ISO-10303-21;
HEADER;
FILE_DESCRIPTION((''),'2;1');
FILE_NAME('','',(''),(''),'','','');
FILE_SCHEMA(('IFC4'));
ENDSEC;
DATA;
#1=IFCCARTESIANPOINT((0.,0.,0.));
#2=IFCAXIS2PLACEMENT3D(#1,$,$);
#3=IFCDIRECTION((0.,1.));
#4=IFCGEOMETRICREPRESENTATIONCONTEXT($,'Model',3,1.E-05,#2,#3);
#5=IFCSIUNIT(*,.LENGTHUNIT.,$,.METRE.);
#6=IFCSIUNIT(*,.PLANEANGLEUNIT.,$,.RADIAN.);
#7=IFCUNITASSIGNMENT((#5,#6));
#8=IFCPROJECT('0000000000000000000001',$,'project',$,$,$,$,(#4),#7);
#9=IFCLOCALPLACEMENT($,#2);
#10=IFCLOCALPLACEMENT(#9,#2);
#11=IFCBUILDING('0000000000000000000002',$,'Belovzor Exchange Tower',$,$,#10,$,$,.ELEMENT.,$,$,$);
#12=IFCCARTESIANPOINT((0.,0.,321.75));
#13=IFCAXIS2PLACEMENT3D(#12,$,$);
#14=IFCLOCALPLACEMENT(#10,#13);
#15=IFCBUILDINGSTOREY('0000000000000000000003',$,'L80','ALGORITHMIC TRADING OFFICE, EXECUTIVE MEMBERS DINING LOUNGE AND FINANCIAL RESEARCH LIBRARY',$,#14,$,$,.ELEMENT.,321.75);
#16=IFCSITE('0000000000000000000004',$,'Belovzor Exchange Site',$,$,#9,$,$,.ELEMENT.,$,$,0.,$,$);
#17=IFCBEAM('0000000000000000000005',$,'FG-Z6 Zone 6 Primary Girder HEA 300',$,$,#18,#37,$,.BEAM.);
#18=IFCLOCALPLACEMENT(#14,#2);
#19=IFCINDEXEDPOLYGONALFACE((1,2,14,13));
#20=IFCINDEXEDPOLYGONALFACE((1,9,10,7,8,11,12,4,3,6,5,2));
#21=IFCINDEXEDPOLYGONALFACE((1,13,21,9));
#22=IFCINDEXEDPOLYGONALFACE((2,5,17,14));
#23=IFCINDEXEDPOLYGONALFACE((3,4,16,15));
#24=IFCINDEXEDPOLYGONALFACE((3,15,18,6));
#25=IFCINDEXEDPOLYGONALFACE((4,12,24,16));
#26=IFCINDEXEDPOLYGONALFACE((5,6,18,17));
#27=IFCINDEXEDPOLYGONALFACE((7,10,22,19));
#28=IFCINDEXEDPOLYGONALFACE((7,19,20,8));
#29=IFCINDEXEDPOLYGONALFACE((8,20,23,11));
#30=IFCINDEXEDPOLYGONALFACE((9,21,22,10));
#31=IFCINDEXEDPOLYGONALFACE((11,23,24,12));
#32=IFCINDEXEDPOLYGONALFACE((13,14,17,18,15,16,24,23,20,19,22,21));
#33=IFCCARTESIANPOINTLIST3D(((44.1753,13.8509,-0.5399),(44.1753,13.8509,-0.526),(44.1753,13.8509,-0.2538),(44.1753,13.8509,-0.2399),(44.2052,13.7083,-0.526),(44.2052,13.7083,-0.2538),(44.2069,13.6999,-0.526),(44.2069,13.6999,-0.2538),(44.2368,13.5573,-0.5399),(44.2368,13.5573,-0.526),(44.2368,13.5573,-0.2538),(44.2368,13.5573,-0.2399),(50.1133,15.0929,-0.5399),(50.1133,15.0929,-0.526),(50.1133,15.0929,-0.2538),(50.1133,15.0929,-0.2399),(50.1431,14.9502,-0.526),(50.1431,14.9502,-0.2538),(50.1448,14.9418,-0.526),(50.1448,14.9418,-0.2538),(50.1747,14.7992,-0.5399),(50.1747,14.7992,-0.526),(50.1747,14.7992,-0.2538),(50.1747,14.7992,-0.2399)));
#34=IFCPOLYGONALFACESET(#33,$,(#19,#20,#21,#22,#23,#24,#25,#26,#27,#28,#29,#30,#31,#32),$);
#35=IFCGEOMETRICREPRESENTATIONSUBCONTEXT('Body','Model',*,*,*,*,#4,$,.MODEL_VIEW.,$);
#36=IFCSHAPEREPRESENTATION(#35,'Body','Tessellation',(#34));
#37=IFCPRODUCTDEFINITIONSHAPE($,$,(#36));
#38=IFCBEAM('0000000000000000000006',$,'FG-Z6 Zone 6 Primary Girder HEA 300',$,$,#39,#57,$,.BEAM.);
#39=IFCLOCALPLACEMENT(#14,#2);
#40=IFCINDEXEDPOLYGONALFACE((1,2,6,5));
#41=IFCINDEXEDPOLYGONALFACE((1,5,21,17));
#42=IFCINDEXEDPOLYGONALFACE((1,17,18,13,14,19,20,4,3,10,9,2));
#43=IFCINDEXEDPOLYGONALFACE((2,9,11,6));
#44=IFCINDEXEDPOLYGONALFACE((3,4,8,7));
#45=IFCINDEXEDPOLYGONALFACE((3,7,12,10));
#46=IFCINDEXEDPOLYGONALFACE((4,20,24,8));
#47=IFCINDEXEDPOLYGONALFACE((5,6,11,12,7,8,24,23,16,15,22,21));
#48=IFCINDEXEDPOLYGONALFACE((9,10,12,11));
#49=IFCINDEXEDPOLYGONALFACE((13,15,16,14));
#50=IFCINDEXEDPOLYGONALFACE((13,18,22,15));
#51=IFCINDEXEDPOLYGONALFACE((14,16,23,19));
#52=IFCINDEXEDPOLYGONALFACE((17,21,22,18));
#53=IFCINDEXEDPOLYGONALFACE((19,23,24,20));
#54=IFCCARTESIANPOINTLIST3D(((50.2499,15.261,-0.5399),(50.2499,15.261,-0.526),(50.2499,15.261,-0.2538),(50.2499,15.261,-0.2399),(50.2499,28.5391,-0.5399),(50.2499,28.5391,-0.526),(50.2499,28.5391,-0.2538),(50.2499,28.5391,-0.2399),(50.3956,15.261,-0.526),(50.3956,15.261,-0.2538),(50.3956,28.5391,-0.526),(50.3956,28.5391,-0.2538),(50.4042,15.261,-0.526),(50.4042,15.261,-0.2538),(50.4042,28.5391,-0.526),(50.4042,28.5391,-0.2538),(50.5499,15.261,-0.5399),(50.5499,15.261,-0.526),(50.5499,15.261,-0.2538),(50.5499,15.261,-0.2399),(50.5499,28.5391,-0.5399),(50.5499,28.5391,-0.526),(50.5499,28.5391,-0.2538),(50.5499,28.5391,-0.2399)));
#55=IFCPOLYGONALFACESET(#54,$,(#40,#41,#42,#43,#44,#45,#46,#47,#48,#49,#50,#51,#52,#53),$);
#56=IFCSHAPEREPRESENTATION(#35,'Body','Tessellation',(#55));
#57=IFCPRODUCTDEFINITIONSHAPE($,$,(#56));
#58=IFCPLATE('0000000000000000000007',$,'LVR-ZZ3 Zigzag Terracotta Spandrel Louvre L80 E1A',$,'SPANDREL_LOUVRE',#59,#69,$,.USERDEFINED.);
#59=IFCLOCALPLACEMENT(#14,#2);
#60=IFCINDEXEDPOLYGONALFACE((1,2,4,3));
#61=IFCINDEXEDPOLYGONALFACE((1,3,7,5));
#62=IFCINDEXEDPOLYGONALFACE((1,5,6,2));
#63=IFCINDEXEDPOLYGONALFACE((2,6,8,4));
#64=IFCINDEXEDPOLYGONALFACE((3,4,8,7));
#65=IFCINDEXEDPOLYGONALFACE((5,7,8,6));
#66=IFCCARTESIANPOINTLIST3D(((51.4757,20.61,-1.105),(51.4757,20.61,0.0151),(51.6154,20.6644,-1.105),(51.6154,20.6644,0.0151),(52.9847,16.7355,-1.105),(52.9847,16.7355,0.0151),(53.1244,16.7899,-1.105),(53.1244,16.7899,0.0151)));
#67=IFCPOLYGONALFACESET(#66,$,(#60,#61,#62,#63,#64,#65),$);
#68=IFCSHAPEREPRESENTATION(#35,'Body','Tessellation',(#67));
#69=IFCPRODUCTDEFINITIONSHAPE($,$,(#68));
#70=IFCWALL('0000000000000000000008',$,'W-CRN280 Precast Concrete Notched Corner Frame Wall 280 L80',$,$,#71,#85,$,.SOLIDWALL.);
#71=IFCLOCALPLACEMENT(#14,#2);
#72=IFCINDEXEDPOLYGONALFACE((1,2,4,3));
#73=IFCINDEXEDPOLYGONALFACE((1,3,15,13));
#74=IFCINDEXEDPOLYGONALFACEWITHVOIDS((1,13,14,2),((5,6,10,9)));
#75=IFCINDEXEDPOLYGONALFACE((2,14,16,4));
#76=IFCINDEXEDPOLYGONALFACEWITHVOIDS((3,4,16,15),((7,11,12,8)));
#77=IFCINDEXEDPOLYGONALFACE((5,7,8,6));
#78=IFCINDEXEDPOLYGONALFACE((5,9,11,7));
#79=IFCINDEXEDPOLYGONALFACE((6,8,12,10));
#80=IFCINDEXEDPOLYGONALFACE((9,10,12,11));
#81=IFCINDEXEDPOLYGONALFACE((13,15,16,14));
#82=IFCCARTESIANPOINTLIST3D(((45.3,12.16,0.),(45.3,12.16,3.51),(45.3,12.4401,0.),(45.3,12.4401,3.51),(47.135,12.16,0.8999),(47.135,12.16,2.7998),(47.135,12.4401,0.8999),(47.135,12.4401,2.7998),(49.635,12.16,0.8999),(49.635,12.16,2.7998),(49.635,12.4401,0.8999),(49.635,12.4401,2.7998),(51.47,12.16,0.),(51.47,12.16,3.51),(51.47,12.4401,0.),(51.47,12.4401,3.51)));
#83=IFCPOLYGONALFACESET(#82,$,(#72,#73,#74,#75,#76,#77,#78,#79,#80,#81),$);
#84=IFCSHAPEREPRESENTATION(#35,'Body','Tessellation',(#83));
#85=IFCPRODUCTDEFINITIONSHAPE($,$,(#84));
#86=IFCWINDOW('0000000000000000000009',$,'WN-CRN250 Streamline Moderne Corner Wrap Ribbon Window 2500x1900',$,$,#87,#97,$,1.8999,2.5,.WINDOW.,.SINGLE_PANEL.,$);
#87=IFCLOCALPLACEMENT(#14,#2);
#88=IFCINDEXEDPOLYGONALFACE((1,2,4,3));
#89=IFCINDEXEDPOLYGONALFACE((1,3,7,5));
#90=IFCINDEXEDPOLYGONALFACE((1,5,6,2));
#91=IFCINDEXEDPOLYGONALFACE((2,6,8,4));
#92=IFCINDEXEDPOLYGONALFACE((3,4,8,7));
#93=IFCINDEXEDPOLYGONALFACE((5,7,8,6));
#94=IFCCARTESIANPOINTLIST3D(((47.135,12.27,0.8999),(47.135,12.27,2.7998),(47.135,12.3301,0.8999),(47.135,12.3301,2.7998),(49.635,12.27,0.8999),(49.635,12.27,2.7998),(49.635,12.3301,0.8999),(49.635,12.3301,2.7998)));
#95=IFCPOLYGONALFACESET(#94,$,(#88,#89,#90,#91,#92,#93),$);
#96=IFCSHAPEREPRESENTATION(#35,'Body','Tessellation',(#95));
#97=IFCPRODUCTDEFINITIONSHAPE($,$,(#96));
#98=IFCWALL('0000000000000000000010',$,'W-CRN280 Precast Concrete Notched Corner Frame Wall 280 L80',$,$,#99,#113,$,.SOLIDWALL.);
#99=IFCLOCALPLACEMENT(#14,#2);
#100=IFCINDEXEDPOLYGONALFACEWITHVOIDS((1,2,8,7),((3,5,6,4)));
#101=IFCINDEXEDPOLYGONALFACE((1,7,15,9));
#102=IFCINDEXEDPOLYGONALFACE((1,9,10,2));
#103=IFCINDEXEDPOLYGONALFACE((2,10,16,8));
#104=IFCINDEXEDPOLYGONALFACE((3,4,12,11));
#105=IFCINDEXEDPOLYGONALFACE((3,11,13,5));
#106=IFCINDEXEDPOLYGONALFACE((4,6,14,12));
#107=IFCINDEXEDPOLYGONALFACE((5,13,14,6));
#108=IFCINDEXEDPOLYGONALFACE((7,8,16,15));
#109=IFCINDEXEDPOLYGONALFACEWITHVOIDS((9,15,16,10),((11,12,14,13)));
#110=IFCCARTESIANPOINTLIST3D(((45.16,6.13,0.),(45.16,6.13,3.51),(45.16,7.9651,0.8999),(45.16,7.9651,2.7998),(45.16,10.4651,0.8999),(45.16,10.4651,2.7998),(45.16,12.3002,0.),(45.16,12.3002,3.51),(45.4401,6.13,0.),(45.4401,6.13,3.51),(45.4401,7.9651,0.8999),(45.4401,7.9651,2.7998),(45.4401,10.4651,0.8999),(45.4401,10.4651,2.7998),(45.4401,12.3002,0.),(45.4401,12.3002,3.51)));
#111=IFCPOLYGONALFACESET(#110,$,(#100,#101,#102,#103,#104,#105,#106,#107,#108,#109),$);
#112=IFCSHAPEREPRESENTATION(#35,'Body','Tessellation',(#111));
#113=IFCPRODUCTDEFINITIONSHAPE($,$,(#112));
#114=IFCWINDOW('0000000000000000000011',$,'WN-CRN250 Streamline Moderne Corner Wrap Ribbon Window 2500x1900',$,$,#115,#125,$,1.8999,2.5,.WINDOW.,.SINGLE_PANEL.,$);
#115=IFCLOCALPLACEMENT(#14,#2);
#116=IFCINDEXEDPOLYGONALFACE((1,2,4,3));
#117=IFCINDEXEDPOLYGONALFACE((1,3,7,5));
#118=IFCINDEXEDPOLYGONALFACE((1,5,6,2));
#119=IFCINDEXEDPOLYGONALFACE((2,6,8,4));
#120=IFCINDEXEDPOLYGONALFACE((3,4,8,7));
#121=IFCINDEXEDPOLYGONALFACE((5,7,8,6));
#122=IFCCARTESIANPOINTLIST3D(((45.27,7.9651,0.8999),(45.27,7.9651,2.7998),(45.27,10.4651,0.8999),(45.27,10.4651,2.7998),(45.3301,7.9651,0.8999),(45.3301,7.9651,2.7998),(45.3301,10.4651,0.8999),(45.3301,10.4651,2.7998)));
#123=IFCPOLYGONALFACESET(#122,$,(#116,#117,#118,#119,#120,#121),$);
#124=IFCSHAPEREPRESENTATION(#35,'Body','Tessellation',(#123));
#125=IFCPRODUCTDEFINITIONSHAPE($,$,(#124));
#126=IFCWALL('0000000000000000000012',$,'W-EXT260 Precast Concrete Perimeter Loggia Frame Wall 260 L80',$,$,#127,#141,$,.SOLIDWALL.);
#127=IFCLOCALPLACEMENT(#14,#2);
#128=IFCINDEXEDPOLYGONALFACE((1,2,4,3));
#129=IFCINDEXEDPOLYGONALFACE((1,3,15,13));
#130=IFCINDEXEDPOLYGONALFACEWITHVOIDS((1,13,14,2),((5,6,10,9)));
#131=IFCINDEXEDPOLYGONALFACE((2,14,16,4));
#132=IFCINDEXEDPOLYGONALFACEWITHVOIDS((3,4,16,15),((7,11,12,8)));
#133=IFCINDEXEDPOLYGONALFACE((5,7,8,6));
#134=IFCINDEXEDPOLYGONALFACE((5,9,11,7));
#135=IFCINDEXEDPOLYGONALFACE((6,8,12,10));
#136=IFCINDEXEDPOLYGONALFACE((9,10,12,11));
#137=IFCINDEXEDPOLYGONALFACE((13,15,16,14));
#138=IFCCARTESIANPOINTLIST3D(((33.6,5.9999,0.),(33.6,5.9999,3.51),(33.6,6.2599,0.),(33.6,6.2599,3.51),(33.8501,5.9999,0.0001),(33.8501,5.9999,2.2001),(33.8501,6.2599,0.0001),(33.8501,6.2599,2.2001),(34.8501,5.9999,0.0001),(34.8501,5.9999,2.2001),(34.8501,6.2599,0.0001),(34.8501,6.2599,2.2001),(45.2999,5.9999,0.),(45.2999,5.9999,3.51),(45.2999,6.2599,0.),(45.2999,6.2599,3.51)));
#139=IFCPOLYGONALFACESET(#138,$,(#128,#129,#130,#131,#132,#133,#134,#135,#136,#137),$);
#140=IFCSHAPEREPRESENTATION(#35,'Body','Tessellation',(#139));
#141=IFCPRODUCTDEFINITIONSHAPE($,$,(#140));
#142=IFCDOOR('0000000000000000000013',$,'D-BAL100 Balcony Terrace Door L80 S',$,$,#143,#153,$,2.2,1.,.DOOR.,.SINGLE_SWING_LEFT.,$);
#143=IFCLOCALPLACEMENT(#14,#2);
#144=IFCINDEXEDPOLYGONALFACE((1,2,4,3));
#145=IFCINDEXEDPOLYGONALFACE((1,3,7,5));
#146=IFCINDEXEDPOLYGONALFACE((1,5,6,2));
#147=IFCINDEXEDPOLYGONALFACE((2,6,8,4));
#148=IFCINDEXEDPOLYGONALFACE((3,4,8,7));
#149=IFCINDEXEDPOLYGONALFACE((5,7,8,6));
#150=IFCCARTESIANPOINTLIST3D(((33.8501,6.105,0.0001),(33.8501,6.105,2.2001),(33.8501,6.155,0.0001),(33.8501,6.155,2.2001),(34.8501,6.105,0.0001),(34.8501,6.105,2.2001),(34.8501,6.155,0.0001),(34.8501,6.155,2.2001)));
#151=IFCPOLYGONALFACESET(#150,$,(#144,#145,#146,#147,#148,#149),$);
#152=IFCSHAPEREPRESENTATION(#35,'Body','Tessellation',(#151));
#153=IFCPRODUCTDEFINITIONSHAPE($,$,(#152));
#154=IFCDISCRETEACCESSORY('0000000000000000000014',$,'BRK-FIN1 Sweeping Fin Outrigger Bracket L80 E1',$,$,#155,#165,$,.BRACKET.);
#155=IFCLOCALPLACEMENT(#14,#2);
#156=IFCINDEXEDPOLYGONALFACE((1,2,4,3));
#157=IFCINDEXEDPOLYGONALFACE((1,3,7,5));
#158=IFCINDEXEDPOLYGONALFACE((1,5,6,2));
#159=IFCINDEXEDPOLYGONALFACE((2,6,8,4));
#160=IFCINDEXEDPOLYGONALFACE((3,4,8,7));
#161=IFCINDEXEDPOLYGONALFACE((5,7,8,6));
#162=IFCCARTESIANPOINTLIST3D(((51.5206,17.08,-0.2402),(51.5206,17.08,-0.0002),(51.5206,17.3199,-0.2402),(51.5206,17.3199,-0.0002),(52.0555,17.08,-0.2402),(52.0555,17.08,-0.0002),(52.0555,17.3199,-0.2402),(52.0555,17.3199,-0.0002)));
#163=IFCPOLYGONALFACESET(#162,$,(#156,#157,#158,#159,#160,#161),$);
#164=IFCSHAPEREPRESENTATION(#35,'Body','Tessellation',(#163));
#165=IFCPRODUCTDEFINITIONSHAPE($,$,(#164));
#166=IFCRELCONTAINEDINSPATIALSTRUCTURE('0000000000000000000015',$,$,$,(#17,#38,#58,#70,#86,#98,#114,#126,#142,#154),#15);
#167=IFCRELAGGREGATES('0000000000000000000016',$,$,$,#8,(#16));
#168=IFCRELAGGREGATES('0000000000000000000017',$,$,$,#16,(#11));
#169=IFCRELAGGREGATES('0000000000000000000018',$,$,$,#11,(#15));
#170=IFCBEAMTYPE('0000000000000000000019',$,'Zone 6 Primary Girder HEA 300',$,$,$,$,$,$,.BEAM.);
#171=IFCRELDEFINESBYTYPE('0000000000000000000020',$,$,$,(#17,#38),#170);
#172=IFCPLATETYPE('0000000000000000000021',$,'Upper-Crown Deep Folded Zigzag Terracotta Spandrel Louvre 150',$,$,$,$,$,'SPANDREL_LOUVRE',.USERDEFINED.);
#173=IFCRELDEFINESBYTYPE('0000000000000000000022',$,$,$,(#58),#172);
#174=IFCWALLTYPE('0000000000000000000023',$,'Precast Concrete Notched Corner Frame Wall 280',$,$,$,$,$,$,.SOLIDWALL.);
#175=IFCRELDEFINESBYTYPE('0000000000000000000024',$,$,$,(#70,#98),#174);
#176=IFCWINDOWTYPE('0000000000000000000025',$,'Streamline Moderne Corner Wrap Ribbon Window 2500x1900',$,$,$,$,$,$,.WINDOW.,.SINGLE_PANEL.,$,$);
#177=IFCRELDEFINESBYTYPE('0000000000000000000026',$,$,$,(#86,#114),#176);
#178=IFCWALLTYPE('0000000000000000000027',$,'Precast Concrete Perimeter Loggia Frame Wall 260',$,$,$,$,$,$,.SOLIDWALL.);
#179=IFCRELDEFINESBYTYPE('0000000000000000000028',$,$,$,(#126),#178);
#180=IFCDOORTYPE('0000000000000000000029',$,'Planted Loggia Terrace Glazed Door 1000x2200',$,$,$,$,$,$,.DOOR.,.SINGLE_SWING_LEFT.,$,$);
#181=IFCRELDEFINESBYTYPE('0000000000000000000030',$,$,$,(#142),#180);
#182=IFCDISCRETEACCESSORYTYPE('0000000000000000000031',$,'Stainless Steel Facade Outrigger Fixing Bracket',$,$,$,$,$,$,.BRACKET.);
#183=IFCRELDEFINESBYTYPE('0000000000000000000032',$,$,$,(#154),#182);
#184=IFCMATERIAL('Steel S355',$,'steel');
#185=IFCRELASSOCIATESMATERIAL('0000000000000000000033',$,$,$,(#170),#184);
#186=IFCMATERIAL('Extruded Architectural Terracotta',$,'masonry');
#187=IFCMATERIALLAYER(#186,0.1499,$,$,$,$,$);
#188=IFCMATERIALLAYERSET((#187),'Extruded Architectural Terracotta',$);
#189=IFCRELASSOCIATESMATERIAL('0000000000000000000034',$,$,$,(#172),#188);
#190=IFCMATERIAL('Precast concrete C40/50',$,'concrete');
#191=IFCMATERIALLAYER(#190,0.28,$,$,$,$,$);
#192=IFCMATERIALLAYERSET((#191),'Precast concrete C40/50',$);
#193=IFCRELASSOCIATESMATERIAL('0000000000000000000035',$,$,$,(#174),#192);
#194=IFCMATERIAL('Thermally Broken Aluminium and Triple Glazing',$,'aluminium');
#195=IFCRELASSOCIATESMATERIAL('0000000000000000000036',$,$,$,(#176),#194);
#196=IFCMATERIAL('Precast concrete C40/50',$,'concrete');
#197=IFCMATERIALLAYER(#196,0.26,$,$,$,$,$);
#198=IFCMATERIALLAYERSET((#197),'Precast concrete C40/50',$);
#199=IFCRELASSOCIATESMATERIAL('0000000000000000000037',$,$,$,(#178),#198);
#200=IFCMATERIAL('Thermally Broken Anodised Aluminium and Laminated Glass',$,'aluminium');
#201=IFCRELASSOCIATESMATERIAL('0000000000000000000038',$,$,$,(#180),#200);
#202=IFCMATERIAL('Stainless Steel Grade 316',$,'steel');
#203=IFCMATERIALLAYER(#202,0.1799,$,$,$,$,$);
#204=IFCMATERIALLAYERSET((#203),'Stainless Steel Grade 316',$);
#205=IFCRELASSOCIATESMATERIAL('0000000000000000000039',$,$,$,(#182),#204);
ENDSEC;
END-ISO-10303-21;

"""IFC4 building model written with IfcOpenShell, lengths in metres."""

from ifc_helpers import new_model, si_unit, direction, frame, frame_2d, origin, origin_2d, place, context, subcontext, project, spatial, rectangle, i_section, extrude, material, layer, layer_set, material_profile, profile_set, type_object, element, fill, save


model = new_model("IFC4")

# Units and contexts
model_context = context("Model", 3, precision=1e-05, world=origin(), true_north=direction((0.0, 1.0)))
body_context = subcontext(model_context, "Body", "Model", "MODEL_VIEW")
ifc_project = project(units=[si_unit("LENGTHUNIT", "METRE"), si_unit("PLANEANGLEUNIT", "RADIAN")], contexts=[model_context])

# Site, building, storey
site_placement = place(None, origin())
site = spatial("IfcSite", under=ifc_project, at=site_placement, Name="Belovzor Exchange Site", CompositionType="ELEMENT", RefElevation=0.0)
building_placement = place(site_placement, origin())
building = spatial("IfcBuilding", under=site, at=building_placement, Name="Belovzor Exchange Tower", CompositionType="ELEMENT")
storey_placement = place(building_placement, frame((0.0, 0.0, 321.75)))
storey = spatial("IfcBuildingStorey", under=building, at=storey_placement, Name="L80", Description="ALGORITHMIC TRADING OFFICE, EXECUTIVE MEMBERS DINING LOUNGE AND FINANCIAL RESEARCH LIBRARY", CompositionType="ELEMENT", Elevation=321.75)

# Beams
ifc_material_1 = material(Name="Steel S355", Category="steel")
ifc_material_profile_1 = material_profile(ifc_material_1, i_section(OverallWidth=0.3, OverallDepth=0.3, WebThickness=0.0085, FlangeThickness=0.0139, at=origin_2d()))
ifc_profile_set_1 = profile_set([ifc_material_profile_1], Name="Steel S355")
beam_type_1 = type_object("IfcBeamType", Name="Zone 6 Primary Girder HEA 300", PredefinedType="BEAM", material=ifc_profile_set_1)
for number, where, z_axis, x_axis, name in (
    (1, (44.2061, 13.7041, -0.3899), (0.97882, 0.204722, 0.0), (-0.204722, 0.97882, 0.0), "FG-Z6 Zone 6 Primary Girder HEA 300"),
):
    element("IfcBeam", number, at=place(storey_placement, frame(where, z_axis=z_axis, x_axis=x_axis)), inside=storey, type_object=beam_type_1, Name=name, PredefinedType="BEAM", context=body_context, shape_type="SweptSolid", body=[
        extrude(i_section(OverallWidth=0.3, OverallDepth=0.3, WebThickness=0.0085, FlangeThickness=0.0139, at=origin_2d()), origin(), (0.0, 0.0, 1.0), 6.0664),
    ])
beam_1_placement = place(storey_placement, frame((50.3999, 15.261, -0.3899), z_axis=(0.0, 1.0, 0.0), x_axis=(-1.0, 0.0, 0.0)))
element("IfcBeam", 2, at=beam_1_placement, inside=storey, type_object=beam_type_1, Name="FG-Z6 Zone 6 Primary Girder HEA 300", PredefinedType="BEAM", context=body_context, shape_type="SweptSolid", body=[
    extrude(i_section(OverallWidth=0.3, OverallDepth=0.3, WebThickness=0.0085, FlangeThickness=0.0139, at=origin_2d()), origin(), (0.0, 0.0, 1.0), 13.2781),
])

# Plate
ifc_material_2 = material(Name="Extruded Architectural Terracotta", Category="masonry")
ifc_layer_1 = layer(ifc_material_2, 0.1499)
ifc_layer_set_1 = layer_set([ifc_layer_1], Name="Extruded Architectural Terracotta")
plate_type = type_object("IfcPlateType", Name="Upper-Crown Deep Folded Zigzag Terracotta Spandrel Louvre 150", ElementType="SPANDREL_LOUVRE", PredefinedType="USERDEFINED", material=ifc_layer_set_1)
plate_placement = place(storey_placement, frame((52.3, 18.7, -1.105), z_axis=(0.0, 0.0, 1.0), x_axis=(-0.362926, 0.931818, 0.0)))
element("IfcPlate", 3, at=plate_placement, inside=storey, type_object=plate_type, Name="LVR-ZZ3 Zigzag Terracotta Spandrel Louvre L80 E1A", ObjectType="SPANDREL_LOUVRE", PredefinedType="USERDEFINED", context=body_context, shape_type="SweptSolid", body=[
    extrude(rectangle(XDim=4.158, YDim=0.1499, at=origin_2d()), origin(), (0.0, 0.0, 1.0), 1.1201),
])

# Walls, openings, windows
ifc_material_3 = material(Name="Precast concrete C40/50", Category="concrete")
ifc_layer_2 = layer(ifc_material_3, 0.28)
ifc_layer_set_2 = layer_set([ifc_layer_2], Name="Precast concrete C40/50")
wall_type_1 = type_object("IfcWallType", Name="Precast Concrete Notched Corner Frame Wall 280", PredefinedType="SOLIDWALL", material=ifc_layer_set_2)
wall_1_placement = place(storey_placement, frame((51.47, 12.3, 0.0), z_axis=(0.0, 0.0, 1.0), x_axis=(-1.0, 0.0, 0.0)))
wall_1 = element("IfcWall", 4, at=wall_1_placement, inside=storey, type_object=wall_type_1, Name="W-CRN280 Precast Concrete Notched Corner Frame Wall 280 L80", PredefinedType="SOLIDWALL", context=body_context, shape_type="SweptSolid", body=[
    extrude(rectangle(XDim=6.1699, YDim=0.28, at=frame_2d((3.085, 0.0))), origin(), (0.0, 0.0, 1.0), 3.51),
])
opening_1_placement = place(wall_1_placement, frame((1.835, 0.0, 0.8999)))
opening_1 = element("IfcOpeningElement", 5, at=opening_1_placement, cuts=wall_1, PredefinedType="OPENING", context=body_context, shape_type="SweptSolid", body=[
    extrude(rectangle(XDim=2.5, YDim=1.8999, at=frame_2d((1.25, 0.95))), frame((0.0, 0.1499, 0.0), z_axis=(0.0, -1.0, 0.0), x_axis=(1.0, 0.0, 0.0)), (0.0, 0.0, 1.0), 0.3),
])
ifc_material_4 = material(Name="Thermally Broken Aluminium and Triple Glazing", Category="aluminium")
window_type = type_object("IfcWindowType", Name="Streamline Moderne Corner Wrap Ribbon Window 2500x1900", PartitioningType="SINGLE_PANEL", PredefinedType="WINDOW", material=ifc_material_4)
window_1_placement = place(opening_1_placement, origin())
window_1 = element("IfcWindow", 6, at=window_1_placement, inside=storey, type_object=window_type, Name="WN-CRN250 Streamline Moderne Corner Wrap Ribbon Window 2500x1900", OverallHeight=1.8999, OverallWidth=2.5, PartitioningType="SINGLE_PANEL", PredefinedType="WINDOW", context=body_context, shape_type="SweptSolid", body=[
    extrude(rectangle(XDim=2.5, YDim=1.8999, at=frame_2d((1.25, 0.95))), frame((0.0, 0.03, 0.0), z_axis=(0.0, -1.0, 0.0), x_axis=(1.0, 0.0, 0.0)), (0.0, 0.0, 1.0), 0.0601),
])
fill(opening_1, window_1)
wall_2_placement = place(storey_placement, frame((45.3, 12.3, 0.0), z_axis=(0.0, 0.0, 1.0), x_axis=(0.0, -1.0, 0.0)))
wall_2 = element("IfcWall", 7, at=wall_2_placement, inside=storey, type_object=wall_type_1, Name="W-CRN280 Precast Concrete Notched Corner Frame Wall 280 L80", PredefinedType="SOLIDWALL", context=body_context, shape_type="SweptSolid", body=[
    extrude(rectangle(XDim=6.1702, YDim=0.28, at=frame_2d((3.085, 0.0))), origin(), (0.0, 0.0, 1.0), 3.51),
])
opening_2_placement = place(wall_2_placement, frame((1.835, 0.0, 0.8999)))
opening_2 = element("IfcOpeningElement", 8, at=opening_2_placement, cuts=wall_2, PredefinedType="OPENING", context=body_context, shape_type="SweptSolid", body=[
    extrude(rectangle(XDim=2.5, YDim=1.8999, at=frame_2d((1.25, 0.95))), frame((0.0, 0.1499, 0.0), z_axis=(0.0, -1.0, 0.0), x_axis=(1.0, 0.0, 0.0)), (0.0, 0.0, 1.0), 0.3),
])
window_2_placement = place(opening_2_placement, origin())
window_2 = element("IfcWindow", 9, at=window_2_placement, inside=storey, type_object=window_type, Name="WN-CRN250 Streamline Moderne Corner Wrap Ribbon Window 2500x1900", OverallHeight=1.8999, OverallWidth=2.5, PartitioningType="SINGLE_PANEL", PredefinedType="WINDOW", context=body_context, shape_type="SweptSolid", body=[
    extrude(rectangle(XDim=2.5, YDim=1.8999, at=frame_2d((1.25, 0.95))), frame((0.0, 0.03, 0.0), z_axis=(0.0, -1.0, 0.0), x_axis=(1.0, 0.0, 0.0)), (0.0, 0.0, 1.0), 0.0601),
])
fill(opening_2, window_2)

# Wall, opening, door
ifc_material_5 = material(Name="Precast concrete C40/50", Category="concrete")
ifc_layer_3 = layer(ifc_material_5, 0.26)
ifc_layer_set_3 = layer_set([ifc_layer_3], Name="Precast concrete C40/50")
wall_type_2 = type_object("IfcWallType", Name="Precast Concrete Perimeter Loggia Frame Wall 260", PredefinedType="SOLIDWALL", material=ifc_layer_set_3)
wall_3_placement = place(storey_placement, frame((45.3, 6.1299, 0.0), z_axis=(0.0, 0.0, 1.0), x_axis=(-1.0, 0.0, 0.0)))
wall_3 = element("IfcWall", 10, at=wall_3_placement, inside=storey, type_object=wall_type_2, Name="W-EXT260 Precast Concrete Perimeter Loggia Frame Wall 260 L80", PredefinedType="SOLIDWALL", context=body_context, shape_type="SweptSolid", body=[
    extrude(rectangle(XDim=11.7, YDim=0.26, at=frame_2d((5.8501, 0.0))), origin(), (0.0, 0.0, 1.0), 3.51),
])
opening_3_placement = place(wall_3_placement, frame((10.45, 0.0, 0.0)))
opening_3 = element("IfcOpeningElement", 11, at=opening_3_placement, cuts=wall_3, PredefinedType="OPENING", context=body_context, shape_type="SweptSolid", body=[
    extrude(rectangle(XDim=1.0, YDim=2.2, at=frame_2d((0.5, 1.1001))), frame((0.0, 0.1399, 0.0), z_axis=(0.0, -1.0, 0.0), x_axis=(1.0, 0.0, 0.0)), (0.0, 0.0, 1.0), 0.28),
])
ifc_material_6 = material(Name="Thermally Broken Anodised Aluminium and Laminated Glass", Category="aluminium")
door_type = type_object("IfcDoorType", Name="Planted Loggia Terrace Glazed Door 1000x2200", OperationType="SINGLE_SWING_LEFT", PredefinedType="DOOR", material=ifc_material_6)
door_placement = place(opening_3_placement, origin())
door = element("IfcDoor", 12, at=door_placement, inside=storey, type_object=door_type, Name="D-BAL100 Balcony Terrace Door L80 S", OperationType="SINGLE_SWING_LEFT", OverallHeight=2.2, OverallWidth=1.0, PredefinedType="DOOR", context=body_context, shape_type="SweptSolid", body=[
    extrude(rectangle(XDim=1.0, YDim=2.2, at=frame_2d((0.5, 1.1001))), frame((0.0, 0.0249, 0.0), z_axis=(0.0, -1.0, 0.0), x_axis=(1.0, 0.0, 0.0)), (0.0, 0.0, 1.0), 0.05),
])
fill(opening_3, door)

# Discrete accessory
ifc_material_7 = material(Name="Stainless Steel Grade 316", Category="steel")
ifc_layer_4 = layer(ifc_material_7, 0.1799)
ifc_layer_set_4 = layer_set([ifc_layer_4], Name="Stainless Steel Grade 316")
discrete_accessory_type = type_object("IfcDiscreteAccessoryType", Name="Stainless Steel Facade Outrigger Fixing Bracket", PredefinedType="BRACKET", material=ifc_layer_set_4)
for number, where, z_axis, x_axis, name in (
    (13, (51.7881, 17.2, -0.2402), (0.0, 0.0, 1.0), (1.0, 0.0, 0.0), "BRK-FIN1 Sweeping Fin Outrigger Bracket L80 E1"),
):
    element("IfcDiscreteAccessory", number, at=place(storey_placement, frame(where, z_axis=z_axis, x_axis=x_axis)), inside=storey, type_object=discrete_accessory_type, Name=name, PredefinedType="BRACKET", context=body_context, shape_type="SweptSolid", body=[
        extrude(rectangle(XDim=0.5349, YDim=0.24, at=origin_2d()), origin(), (0.0, 0.0, 1.0), 0.24),
    ])

save(model, "model.ifc")
